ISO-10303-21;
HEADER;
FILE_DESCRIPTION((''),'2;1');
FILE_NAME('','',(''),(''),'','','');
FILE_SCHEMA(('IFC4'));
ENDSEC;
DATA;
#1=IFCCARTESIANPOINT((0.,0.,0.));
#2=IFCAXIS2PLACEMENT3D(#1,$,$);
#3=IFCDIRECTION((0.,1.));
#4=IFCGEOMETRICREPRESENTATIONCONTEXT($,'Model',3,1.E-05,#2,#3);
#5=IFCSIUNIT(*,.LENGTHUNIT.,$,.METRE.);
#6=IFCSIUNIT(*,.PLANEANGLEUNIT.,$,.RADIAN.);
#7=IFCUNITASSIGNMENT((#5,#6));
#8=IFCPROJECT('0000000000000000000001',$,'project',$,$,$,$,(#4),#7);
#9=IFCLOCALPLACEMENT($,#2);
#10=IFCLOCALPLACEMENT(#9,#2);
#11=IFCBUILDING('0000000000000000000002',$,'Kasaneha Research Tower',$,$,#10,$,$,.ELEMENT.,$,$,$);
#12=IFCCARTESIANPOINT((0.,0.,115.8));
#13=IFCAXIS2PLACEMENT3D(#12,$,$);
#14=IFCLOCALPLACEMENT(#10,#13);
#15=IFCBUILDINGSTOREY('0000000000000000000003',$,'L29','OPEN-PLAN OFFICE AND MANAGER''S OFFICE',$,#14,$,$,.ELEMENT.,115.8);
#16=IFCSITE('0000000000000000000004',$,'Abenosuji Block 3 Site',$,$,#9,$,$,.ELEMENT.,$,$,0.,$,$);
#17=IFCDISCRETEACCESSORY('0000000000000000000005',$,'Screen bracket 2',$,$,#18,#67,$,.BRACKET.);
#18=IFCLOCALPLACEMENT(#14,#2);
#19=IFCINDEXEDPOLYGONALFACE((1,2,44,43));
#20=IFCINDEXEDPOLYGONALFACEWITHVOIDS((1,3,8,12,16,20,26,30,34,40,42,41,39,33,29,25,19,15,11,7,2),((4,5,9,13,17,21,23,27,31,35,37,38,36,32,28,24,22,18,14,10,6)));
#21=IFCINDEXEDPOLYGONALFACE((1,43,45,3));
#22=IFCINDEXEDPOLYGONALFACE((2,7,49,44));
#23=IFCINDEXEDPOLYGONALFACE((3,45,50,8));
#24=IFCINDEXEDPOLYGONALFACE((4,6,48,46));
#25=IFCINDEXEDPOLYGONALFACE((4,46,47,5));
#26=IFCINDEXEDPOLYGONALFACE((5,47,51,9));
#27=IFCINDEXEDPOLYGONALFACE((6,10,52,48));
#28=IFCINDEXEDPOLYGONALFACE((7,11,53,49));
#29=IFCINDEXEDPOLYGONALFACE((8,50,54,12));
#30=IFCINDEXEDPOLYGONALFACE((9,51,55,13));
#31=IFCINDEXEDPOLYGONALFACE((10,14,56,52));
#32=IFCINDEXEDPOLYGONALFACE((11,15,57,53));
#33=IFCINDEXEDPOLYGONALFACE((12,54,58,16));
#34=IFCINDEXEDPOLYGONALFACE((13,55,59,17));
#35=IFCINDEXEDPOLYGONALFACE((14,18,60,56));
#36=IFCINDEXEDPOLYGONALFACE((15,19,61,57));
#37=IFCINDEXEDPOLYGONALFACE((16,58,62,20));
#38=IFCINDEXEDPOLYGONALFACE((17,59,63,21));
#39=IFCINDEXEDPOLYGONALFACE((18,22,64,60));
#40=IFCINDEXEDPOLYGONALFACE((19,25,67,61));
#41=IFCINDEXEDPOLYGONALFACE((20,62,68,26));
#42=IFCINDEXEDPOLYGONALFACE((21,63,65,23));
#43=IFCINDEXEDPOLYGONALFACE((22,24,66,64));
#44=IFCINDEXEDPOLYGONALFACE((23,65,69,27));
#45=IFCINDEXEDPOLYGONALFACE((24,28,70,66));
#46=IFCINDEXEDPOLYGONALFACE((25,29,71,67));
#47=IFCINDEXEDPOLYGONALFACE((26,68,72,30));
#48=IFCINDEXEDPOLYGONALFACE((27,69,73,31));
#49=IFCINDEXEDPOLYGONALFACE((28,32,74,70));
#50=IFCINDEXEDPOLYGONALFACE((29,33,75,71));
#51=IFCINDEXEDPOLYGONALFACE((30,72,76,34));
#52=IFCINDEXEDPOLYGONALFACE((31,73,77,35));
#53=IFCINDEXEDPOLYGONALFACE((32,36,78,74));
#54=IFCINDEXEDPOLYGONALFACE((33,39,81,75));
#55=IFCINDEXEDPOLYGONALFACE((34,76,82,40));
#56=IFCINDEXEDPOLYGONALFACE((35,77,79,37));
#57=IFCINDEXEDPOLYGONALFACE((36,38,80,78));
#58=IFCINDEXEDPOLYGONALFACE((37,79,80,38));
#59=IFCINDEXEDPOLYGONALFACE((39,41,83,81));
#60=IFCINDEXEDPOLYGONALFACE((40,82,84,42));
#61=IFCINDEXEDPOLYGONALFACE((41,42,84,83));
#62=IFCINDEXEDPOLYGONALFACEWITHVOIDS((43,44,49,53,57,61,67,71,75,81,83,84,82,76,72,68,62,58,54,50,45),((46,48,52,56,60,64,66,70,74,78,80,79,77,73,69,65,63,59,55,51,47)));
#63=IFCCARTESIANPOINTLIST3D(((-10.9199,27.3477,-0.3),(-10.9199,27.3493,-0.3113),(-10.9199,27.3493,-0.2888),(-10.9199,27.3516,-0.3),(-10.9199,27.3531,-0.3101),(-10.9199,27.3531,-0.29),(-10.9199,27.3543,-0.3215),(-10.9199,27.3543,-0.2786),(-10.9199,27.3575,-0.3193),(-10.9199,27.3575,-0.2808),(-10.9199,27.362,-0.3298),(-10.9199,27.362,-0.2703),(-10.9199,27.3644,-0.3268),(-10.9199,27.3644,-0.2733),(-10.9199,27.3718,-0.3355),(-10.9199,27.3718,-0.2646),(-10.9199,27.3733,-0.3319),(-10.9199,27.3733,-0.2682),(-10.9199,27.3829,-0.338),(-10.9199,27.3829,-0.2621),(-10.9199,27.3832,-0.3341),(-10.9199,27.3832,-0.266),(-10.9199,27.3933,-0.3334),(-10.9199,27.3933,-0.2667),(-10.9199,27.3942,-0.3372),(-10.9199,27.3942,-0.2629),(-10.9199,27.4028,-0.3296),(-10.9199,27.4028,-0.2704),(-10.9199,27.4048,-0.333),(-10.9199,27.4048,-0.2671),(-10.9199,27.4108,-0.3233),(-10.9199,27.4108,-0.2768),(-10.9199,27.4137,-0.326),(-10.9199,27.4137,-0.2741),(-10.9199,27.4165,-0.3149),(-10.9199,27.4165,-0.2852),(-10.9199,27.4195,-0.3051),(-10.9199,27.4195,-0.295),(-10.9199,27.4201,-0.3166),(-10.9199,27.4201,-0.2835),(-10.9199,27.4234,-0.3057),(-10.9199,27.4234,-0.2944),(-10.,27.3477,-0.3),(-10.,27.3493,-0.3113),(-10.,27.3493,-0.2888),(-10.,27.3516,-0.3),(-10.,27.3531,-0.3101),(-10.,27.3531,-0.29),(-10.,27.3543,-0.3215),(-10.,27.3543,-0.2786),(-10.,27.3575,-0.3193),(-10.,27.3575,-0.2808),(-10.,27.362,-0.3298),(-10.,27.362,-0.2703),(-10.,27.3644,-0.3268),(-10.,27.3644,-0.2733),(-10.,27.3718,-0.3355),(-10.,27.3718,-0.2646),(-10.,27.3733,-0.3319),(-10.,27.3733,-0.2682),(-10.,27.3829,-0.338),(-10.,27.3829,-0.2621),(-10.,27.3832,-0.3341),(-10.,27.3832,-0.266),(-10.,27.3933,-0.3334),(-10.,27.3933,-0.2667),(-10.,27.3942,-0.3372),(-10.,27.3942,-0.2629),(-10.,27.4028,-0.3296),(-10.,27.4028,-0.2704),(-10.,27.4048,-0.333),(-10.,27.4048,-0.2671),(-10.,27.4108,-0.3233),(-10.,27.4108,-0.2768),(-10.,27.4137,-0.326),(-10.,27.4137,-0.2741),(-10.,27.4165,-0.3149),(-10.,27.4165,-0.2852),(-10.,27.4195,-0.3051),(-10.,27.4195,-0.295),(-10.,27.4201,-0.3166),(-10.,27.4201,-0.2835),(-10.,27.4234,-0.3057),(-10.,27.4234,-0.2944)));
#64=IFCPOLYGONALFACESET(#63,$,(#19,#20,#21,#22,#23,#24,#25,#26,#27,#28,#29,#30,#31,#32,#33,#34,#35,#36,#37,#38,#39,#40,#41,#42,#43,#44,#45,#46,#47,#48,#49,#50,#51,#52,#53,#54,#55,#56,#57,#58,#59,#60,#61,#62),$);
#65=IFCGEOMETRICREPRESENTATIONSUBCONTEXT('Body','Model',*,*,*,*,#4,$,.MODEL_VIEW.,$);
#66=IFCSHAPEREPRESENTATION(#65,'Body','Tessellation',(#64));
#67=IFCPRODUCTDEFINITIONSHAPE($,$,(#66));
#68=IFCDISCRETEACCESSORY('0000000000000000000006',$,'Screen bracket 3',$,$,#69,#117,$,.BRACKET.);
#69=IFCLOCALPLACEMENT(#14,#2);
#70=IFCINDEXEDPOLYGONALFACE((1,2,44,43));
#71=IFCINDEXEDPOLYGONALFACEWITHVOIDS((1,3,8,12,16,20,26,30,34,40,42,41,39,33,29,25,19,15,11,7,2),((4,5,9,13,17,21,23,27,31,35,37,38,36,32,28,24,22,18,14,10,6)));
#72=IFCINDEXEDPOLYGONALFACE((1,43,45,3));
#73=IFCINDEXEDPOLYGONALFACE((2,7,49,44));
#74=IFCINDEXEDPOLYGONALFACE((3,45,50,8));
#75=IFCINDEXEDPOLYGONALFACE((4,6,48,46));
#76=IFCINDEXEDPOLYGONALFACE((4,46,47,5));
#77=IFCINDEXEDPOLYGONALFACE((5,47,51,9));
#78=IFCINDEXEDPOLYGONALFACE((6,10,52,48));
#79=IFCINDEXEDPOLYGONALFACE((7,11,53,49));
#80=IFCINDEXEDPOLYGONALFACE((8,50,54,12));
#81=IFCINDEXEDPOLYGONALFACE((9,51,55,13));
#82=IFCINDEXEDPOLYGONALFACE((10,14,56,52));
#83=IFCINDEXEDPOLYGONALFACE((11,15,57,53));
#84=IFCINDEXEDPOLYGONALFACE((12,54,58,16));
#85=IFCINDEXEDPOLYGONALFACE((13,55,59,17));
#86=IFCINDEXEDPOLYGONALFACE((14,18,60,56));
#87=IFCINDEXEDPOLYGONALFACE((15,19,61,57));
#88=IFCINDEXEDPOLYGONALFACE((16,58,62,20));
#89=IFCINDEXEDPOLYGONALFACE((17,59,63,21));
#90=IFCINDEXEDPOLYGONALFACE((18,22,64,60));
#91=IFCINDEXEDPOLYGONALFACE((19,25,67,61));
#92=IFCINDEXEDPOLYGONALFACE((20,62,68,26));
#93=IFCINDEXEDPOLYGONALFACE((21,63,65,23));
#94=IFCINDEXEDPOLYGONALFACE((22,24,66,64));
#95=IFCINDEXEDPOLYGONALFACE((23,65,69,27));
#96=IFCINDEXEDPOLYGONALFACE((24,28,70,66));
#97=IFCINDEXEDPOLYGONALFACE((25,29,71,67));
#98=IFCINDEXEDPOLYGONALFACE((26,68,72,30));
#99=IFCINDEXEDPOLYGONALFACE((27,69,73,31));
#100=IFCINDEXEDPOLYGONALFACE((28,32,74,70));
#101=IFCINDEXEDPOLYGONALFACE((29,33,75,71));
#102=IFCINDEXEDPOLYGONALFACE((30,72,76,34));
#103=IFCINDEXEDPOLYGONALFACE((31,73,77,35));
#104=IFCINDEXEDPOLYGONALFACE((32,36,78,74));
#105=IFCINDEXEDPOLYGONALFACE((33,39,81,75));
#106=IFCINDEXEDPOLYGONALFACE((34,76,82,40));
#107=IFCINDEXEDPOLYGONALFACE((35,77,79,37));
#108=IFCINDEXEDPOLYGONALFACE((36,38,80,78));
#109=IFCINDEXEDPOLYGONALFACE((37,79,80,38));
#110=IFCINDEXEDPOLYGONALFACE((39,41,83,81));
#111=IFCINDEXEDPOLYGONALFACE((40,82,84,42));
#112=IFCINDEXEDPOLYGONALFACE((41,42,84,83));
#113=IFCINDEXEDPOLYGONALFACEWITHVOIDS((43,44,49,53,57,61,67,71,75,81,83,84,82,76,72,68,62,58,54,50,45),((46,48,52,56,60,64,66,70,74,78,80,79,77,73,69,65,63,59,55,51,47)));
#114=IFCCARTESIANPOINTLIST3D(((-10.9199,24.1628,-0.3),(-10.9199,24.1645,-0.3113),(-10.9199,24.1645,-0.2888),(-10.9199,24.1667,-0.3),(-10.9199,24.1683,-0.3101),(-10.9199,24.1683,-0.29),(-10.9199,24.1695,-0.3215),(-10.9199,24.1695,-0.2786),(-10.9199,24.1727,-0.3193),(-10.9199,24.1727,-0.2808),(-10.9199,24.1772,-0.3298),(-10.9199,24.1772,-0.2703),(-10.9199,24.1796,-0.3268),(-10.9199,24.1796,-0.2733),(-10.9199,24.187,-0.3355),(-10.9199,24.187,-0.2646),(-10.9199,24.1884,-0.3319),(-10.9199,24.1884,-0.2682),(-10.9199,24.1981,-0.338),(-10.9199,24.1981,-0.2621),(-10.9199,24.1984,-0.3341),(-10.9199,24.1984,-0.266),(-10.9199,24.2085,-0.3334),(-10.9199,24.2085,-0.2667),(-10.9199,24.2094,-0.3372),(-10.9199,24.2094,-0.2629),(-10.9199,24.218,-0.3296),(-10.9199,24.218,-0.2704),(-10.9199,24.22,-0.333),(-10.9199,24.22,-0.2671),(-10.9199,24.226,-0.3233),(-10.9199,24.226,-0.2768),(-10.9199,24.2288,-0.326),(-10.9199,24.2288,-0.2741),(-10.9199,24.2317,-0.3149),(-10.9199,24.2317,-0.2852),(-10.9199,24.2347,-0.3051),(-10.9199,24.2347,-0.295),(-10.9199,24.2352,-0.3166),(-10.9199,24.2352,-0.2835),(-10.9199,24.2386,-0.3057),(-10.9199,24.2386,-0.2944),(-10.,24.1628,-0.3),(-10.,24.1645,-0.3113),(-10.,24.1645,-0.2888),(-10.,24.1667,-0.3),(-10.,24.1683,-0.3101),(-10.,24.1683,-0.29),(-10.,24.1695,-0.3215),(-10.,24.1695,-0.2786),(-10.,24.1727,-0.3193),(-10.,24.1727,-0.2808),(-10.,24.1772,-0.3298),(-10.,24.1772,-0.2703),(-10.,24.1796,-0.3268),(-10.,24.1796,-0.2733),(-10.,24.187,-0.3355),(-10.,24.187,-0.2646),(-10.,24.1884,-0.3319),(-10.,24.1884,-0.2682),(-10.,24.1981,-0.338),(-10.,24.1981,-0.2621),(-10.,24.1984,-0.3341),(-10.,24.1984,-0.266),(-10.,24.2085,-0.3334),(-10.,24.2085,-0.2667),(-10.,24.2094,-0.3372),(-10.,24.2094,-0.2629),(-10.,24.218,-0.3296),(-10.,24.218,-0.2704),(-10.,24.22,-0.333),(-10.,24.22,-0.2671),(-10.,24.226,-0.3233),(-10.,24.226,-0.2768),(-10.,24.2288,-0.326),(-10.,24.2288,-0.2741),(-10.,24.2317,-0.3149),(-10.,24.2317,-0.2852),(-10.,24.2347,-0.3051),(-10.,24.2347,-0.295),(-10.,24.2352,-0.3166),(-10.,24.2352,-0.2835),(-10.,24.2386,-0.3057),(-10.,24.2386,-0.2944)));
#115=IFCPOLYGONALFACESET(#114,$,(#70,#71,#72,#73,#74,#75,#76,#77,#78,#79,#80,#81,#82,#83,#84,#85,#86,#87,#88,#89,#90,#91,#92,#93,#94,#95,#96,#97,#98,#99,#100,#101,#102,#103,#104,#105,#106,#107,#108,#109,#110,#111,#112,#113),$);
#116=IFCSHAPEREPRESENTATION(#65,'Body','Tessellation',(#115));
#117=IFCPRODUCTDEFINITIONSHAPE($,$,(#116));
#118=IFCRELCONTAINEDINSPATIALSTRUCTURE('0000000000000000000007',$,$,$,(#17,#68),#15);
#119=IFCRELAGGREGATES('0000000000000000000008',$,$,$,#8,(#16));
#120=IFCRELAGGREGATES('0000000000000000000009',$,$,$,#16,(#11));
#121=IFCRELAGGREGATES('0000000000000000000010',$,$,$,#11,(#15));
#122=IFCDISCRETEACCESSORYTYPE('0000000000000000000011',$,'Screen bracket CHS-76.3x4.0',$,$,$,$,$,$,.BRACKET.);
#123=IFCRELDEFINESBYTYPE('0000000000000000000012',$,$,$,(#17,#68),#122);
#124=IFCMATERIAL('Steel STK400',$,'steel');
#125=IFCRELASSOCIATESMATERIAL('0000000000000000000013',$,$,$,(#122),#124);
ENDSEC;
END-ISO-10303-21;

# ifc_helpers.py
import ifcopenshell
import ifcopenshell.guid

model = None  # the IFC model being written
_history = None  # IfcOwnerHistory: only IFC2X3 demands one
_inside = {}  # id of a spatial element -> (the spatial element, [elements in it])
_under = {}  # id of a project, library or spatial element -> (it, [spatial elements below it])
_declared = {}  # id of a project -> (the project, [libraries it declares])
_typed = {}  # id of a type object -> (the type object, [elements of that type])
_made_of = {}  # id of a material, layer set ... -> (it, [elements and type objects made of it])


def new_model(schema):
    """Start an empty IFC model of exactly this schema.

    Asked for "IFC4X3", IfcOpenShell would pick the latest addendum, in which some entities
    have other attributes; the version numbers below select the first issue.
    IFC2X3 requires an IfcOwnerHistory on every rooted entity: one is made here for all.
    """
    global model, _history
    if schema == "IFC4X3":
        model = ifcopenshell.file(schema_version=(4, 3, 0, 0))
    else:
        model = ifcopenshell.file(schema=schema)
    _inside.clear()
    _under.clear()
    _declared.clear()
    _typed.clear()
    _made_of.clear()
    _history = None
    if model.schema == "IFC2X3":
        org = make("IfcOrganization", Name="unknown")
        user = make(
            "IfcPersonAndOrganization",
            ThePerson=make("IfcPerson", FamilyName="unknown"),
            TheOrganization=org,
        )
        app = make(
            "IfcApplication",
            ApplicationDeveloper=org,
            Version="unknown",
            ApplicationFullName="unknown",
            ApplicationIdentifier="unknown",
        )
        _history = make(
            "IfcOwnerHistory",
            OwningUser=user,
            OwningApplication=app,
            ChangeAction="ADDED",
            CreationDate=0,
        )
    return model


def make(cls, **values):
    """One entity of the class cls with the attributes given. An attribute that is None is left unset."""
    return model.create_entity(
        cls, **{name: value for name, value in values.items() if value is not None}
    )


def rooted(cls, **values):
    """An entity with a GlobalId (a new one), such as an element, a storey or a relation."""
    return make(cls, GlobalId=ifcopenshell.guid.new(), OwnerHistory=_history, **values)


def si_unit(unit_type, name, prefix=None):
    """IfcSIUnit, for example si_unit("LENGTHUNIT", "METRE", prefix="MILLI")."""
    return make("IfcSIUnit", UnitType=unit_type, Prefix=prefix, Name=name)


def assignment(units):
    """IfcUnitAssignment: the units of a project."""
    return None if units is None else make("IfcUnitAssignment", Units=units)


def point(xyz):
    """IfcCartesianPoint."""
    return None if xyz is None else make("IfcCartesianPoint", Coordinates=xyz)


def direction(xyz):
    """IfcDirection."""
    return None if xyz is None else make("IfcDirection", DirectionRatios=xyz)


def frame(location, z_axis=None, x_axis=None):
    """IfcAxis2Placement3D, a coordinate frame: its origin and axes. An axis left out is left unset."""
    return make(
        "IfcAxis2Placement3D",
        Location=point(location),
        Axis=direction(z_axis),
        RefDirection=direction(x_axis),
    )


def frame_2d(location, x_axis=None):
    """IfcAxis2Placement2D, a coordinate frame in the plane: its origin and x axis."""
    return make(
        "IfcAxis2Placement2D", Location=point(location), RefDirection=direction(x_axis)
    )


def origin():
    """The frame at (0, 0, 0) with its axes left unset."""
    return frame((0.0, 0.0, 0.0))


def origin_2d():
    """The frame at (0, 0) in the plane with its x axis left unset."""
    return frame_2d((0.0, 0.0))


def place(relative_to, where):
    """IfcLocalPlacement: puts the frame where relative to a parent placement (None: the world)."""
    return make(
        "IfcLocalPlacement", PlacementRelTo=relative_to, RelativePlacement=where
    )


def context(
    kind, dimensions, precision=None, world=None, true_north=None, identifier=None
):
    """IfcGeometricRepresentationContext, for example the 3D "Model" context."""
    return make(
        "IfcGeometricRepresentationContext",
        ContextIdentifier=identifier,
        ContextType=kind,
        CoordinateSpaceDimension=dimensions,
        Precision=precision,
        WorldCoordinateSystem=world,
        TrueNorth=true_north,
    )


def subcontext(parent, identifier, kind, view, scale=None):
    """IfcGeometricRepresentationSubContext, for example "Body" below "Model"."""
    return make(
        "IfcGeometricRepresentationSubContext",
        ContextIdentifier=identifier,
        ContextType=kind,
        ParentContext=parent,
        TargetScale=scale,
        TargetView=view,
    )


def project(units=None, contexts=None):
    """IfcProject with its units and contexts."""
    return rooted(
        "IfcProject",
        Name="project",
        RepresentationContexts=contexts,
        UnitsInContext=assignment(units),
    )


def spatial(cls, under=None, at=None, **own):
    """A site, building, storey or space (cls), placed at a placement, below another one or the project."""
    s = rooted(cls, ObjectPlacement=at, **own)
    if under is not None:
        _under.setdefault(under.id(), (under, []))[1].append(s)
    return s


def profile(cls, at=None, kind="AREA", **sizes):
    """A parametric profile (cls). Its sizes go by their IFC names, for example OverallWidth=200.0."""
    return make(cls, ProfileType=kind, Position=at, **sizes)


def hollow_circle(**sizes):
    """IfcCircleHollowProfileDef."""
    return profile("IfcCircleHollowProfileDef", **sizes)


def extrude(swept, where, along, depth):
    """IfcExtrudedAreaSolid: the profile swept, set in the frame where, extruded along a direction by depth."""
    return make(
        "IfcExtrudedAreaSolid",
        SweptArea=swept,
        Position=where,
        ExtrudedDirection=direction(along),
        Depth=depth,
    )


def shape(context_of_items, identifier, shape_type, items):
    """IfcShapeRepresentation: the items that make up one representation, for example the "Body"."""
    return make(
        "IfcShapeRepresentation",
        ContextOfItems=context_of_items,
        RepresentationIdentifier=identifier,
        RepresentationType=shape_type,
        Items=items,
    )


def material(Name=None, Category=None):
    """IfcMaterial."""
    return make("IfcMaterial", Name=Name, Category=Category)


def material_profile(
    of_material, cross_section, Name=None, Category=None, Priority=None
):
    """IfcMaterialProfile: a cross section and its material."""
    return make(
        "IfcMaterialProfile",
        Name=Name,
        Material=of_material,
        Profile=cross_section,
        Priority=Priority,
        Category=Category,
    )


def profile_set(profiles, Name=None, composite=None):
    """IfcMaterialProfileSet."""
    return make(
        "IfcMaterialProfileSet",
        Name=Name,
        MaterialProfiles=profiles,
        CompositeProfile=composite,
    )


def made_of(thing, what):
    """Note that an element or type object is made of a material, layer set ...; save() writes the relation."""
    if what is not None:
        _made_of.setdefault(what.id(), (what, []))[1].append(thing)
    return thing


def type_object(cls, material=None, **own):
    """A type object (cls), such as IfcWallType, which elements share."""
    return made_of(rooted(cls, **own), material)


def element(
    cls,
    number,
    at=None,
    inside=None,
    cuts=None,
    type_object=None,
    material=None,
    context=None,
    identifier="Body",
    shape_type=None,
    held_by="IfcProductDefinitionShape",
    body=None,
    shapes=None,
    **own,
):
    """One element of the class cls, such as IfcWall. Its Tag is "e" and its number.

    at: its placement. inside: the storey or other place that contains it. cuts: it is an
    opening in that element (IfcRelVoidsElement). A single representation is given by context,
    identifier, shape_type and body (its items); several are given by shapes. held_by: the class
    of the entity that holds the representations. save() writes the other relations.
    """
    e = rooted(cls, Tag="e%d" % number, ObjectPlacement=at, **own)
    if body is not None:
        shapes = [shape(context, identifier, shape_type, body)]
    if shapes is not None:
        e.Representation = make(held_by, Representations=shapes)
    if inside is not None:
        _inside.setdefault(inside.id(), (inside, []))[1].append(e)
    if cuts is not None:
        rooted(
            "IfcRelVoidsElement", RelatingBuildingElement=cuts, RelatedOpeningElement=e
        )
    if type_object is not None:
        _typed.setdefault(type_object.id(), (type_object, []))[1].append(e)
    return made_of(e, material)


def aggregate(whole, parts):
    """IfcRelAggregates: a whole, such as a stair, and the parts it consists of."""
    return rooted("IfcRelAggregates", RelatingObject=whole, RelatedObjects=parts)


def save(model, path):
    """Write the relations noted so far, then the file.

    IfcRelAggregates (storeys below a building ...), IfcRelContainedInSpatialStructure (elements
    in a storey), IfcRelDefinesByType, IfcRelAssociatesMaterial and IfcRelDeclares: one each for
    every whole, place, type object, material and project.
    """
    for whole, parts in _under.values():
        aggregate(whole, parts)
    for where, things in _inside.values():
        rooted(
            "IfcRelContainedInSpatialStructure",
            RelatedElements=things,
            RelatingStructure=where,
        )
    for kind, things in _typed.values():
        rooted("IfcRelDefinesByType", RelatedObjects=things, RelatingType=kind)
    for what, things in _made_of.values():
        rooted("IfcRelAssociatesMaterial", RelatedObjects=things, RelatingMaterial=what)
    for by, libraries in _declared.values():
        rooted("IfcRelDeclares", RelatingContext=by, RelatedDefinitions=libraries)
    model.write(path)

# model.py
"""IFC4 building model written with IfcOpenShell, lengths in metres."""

from ifc_helpers import new_model, si_unit, direction, frame, origin, origin_2d, place, context, subcontext, project, spatial, hollow_circle, extrude, material, material_profile, profile_set, type_object, element, save


model = new_model("IFC4")

# Units and contexts
model_context = context("Model", 3, precision=1e-05, world=origin(), true_north=direction((0.0, 1.0)))
body_context = subcontext(model_context, "Body", "Model", "MODEL_VIEW")
ifc_project = project(units=[si_unit("LENGTHUNIT", "METRE"), si_unit("PLANEANGLEUNIT", "RADIAN")], contexts=[model_context])

# Site, building, storey
site_placement = place(None, origin())
site = spatial("IfcSite", under=ifc_project, at=site_placement, Name="Abenosuji Block 3 Site", CompositionType="ELEMENT", RefElevation=0.0)
building_placement = place(site_placement, origin())
building = spatial("IfcBuilding", under=site, at=building_placement, Name="Kasaneha Research Tower", CompositionType="ELEMENT")
storey_placement = place(building_placement, frame((0.0, 0.0, 115.8)))
storey = spatial("IfcBuildingStorey", under=building, at=storey_placement, Name="L29", Description="OPEN-PLAN OFFICE AND MANAGER'S OFFICE", CompositionType="ELEMENT", Elevation=115.8)

# Discrete accessories
ifc_material_1 = material(Name="Steel STK400", Category="steel")
ifc_material_profile_1 = material_profile(ifc_material_1, hollow_circle(Radius=0.0381, WallThickness=0.0039, at=origin_2d()), Name="CHS-76.3x4.0")
ifc_profile_set_1 = profile_set([ifc_material_profile_1], Name="Steel STK400")
discrete_accessory_type = type_object("IfcDiscreteAccessoryType", Name="Screen bracket CHS-76.3x4.0", PredefinedType="BRACKET", material=ifc_profile_set_1)
for number, where, z_axis, x_axis, name in (
    (1, (-10.0, 27.3857, -0.3), (-1.0, 0.0, 0.0), (0.0, -1.0, 0.0), "Screen bracket 2"),
    (2, (-10.0, 24.2009, -0.3), (-1.0, 0.0, 0.0), (0.0, -1.0, 0.0), "Screen bracket 3"),
):
    element("IfcDiscreteAccessory", number, at=place(storey_placement, frame(where, z_axis=z_axis, x_axis=x_axis)), inside=storey, type_object=discrete_accessory_type, Name=name, PredefinedType="BRACKET", context=body_context, shape_type="SweptSolid", body=[
        extrude(hollow_circle(Radius=0.0381, WallThickness=0.0039, at=origin_2d()), origin(), (0.0, 0.0, 1.0), 0.9199),
    ])

save(model, "model.ifc")
